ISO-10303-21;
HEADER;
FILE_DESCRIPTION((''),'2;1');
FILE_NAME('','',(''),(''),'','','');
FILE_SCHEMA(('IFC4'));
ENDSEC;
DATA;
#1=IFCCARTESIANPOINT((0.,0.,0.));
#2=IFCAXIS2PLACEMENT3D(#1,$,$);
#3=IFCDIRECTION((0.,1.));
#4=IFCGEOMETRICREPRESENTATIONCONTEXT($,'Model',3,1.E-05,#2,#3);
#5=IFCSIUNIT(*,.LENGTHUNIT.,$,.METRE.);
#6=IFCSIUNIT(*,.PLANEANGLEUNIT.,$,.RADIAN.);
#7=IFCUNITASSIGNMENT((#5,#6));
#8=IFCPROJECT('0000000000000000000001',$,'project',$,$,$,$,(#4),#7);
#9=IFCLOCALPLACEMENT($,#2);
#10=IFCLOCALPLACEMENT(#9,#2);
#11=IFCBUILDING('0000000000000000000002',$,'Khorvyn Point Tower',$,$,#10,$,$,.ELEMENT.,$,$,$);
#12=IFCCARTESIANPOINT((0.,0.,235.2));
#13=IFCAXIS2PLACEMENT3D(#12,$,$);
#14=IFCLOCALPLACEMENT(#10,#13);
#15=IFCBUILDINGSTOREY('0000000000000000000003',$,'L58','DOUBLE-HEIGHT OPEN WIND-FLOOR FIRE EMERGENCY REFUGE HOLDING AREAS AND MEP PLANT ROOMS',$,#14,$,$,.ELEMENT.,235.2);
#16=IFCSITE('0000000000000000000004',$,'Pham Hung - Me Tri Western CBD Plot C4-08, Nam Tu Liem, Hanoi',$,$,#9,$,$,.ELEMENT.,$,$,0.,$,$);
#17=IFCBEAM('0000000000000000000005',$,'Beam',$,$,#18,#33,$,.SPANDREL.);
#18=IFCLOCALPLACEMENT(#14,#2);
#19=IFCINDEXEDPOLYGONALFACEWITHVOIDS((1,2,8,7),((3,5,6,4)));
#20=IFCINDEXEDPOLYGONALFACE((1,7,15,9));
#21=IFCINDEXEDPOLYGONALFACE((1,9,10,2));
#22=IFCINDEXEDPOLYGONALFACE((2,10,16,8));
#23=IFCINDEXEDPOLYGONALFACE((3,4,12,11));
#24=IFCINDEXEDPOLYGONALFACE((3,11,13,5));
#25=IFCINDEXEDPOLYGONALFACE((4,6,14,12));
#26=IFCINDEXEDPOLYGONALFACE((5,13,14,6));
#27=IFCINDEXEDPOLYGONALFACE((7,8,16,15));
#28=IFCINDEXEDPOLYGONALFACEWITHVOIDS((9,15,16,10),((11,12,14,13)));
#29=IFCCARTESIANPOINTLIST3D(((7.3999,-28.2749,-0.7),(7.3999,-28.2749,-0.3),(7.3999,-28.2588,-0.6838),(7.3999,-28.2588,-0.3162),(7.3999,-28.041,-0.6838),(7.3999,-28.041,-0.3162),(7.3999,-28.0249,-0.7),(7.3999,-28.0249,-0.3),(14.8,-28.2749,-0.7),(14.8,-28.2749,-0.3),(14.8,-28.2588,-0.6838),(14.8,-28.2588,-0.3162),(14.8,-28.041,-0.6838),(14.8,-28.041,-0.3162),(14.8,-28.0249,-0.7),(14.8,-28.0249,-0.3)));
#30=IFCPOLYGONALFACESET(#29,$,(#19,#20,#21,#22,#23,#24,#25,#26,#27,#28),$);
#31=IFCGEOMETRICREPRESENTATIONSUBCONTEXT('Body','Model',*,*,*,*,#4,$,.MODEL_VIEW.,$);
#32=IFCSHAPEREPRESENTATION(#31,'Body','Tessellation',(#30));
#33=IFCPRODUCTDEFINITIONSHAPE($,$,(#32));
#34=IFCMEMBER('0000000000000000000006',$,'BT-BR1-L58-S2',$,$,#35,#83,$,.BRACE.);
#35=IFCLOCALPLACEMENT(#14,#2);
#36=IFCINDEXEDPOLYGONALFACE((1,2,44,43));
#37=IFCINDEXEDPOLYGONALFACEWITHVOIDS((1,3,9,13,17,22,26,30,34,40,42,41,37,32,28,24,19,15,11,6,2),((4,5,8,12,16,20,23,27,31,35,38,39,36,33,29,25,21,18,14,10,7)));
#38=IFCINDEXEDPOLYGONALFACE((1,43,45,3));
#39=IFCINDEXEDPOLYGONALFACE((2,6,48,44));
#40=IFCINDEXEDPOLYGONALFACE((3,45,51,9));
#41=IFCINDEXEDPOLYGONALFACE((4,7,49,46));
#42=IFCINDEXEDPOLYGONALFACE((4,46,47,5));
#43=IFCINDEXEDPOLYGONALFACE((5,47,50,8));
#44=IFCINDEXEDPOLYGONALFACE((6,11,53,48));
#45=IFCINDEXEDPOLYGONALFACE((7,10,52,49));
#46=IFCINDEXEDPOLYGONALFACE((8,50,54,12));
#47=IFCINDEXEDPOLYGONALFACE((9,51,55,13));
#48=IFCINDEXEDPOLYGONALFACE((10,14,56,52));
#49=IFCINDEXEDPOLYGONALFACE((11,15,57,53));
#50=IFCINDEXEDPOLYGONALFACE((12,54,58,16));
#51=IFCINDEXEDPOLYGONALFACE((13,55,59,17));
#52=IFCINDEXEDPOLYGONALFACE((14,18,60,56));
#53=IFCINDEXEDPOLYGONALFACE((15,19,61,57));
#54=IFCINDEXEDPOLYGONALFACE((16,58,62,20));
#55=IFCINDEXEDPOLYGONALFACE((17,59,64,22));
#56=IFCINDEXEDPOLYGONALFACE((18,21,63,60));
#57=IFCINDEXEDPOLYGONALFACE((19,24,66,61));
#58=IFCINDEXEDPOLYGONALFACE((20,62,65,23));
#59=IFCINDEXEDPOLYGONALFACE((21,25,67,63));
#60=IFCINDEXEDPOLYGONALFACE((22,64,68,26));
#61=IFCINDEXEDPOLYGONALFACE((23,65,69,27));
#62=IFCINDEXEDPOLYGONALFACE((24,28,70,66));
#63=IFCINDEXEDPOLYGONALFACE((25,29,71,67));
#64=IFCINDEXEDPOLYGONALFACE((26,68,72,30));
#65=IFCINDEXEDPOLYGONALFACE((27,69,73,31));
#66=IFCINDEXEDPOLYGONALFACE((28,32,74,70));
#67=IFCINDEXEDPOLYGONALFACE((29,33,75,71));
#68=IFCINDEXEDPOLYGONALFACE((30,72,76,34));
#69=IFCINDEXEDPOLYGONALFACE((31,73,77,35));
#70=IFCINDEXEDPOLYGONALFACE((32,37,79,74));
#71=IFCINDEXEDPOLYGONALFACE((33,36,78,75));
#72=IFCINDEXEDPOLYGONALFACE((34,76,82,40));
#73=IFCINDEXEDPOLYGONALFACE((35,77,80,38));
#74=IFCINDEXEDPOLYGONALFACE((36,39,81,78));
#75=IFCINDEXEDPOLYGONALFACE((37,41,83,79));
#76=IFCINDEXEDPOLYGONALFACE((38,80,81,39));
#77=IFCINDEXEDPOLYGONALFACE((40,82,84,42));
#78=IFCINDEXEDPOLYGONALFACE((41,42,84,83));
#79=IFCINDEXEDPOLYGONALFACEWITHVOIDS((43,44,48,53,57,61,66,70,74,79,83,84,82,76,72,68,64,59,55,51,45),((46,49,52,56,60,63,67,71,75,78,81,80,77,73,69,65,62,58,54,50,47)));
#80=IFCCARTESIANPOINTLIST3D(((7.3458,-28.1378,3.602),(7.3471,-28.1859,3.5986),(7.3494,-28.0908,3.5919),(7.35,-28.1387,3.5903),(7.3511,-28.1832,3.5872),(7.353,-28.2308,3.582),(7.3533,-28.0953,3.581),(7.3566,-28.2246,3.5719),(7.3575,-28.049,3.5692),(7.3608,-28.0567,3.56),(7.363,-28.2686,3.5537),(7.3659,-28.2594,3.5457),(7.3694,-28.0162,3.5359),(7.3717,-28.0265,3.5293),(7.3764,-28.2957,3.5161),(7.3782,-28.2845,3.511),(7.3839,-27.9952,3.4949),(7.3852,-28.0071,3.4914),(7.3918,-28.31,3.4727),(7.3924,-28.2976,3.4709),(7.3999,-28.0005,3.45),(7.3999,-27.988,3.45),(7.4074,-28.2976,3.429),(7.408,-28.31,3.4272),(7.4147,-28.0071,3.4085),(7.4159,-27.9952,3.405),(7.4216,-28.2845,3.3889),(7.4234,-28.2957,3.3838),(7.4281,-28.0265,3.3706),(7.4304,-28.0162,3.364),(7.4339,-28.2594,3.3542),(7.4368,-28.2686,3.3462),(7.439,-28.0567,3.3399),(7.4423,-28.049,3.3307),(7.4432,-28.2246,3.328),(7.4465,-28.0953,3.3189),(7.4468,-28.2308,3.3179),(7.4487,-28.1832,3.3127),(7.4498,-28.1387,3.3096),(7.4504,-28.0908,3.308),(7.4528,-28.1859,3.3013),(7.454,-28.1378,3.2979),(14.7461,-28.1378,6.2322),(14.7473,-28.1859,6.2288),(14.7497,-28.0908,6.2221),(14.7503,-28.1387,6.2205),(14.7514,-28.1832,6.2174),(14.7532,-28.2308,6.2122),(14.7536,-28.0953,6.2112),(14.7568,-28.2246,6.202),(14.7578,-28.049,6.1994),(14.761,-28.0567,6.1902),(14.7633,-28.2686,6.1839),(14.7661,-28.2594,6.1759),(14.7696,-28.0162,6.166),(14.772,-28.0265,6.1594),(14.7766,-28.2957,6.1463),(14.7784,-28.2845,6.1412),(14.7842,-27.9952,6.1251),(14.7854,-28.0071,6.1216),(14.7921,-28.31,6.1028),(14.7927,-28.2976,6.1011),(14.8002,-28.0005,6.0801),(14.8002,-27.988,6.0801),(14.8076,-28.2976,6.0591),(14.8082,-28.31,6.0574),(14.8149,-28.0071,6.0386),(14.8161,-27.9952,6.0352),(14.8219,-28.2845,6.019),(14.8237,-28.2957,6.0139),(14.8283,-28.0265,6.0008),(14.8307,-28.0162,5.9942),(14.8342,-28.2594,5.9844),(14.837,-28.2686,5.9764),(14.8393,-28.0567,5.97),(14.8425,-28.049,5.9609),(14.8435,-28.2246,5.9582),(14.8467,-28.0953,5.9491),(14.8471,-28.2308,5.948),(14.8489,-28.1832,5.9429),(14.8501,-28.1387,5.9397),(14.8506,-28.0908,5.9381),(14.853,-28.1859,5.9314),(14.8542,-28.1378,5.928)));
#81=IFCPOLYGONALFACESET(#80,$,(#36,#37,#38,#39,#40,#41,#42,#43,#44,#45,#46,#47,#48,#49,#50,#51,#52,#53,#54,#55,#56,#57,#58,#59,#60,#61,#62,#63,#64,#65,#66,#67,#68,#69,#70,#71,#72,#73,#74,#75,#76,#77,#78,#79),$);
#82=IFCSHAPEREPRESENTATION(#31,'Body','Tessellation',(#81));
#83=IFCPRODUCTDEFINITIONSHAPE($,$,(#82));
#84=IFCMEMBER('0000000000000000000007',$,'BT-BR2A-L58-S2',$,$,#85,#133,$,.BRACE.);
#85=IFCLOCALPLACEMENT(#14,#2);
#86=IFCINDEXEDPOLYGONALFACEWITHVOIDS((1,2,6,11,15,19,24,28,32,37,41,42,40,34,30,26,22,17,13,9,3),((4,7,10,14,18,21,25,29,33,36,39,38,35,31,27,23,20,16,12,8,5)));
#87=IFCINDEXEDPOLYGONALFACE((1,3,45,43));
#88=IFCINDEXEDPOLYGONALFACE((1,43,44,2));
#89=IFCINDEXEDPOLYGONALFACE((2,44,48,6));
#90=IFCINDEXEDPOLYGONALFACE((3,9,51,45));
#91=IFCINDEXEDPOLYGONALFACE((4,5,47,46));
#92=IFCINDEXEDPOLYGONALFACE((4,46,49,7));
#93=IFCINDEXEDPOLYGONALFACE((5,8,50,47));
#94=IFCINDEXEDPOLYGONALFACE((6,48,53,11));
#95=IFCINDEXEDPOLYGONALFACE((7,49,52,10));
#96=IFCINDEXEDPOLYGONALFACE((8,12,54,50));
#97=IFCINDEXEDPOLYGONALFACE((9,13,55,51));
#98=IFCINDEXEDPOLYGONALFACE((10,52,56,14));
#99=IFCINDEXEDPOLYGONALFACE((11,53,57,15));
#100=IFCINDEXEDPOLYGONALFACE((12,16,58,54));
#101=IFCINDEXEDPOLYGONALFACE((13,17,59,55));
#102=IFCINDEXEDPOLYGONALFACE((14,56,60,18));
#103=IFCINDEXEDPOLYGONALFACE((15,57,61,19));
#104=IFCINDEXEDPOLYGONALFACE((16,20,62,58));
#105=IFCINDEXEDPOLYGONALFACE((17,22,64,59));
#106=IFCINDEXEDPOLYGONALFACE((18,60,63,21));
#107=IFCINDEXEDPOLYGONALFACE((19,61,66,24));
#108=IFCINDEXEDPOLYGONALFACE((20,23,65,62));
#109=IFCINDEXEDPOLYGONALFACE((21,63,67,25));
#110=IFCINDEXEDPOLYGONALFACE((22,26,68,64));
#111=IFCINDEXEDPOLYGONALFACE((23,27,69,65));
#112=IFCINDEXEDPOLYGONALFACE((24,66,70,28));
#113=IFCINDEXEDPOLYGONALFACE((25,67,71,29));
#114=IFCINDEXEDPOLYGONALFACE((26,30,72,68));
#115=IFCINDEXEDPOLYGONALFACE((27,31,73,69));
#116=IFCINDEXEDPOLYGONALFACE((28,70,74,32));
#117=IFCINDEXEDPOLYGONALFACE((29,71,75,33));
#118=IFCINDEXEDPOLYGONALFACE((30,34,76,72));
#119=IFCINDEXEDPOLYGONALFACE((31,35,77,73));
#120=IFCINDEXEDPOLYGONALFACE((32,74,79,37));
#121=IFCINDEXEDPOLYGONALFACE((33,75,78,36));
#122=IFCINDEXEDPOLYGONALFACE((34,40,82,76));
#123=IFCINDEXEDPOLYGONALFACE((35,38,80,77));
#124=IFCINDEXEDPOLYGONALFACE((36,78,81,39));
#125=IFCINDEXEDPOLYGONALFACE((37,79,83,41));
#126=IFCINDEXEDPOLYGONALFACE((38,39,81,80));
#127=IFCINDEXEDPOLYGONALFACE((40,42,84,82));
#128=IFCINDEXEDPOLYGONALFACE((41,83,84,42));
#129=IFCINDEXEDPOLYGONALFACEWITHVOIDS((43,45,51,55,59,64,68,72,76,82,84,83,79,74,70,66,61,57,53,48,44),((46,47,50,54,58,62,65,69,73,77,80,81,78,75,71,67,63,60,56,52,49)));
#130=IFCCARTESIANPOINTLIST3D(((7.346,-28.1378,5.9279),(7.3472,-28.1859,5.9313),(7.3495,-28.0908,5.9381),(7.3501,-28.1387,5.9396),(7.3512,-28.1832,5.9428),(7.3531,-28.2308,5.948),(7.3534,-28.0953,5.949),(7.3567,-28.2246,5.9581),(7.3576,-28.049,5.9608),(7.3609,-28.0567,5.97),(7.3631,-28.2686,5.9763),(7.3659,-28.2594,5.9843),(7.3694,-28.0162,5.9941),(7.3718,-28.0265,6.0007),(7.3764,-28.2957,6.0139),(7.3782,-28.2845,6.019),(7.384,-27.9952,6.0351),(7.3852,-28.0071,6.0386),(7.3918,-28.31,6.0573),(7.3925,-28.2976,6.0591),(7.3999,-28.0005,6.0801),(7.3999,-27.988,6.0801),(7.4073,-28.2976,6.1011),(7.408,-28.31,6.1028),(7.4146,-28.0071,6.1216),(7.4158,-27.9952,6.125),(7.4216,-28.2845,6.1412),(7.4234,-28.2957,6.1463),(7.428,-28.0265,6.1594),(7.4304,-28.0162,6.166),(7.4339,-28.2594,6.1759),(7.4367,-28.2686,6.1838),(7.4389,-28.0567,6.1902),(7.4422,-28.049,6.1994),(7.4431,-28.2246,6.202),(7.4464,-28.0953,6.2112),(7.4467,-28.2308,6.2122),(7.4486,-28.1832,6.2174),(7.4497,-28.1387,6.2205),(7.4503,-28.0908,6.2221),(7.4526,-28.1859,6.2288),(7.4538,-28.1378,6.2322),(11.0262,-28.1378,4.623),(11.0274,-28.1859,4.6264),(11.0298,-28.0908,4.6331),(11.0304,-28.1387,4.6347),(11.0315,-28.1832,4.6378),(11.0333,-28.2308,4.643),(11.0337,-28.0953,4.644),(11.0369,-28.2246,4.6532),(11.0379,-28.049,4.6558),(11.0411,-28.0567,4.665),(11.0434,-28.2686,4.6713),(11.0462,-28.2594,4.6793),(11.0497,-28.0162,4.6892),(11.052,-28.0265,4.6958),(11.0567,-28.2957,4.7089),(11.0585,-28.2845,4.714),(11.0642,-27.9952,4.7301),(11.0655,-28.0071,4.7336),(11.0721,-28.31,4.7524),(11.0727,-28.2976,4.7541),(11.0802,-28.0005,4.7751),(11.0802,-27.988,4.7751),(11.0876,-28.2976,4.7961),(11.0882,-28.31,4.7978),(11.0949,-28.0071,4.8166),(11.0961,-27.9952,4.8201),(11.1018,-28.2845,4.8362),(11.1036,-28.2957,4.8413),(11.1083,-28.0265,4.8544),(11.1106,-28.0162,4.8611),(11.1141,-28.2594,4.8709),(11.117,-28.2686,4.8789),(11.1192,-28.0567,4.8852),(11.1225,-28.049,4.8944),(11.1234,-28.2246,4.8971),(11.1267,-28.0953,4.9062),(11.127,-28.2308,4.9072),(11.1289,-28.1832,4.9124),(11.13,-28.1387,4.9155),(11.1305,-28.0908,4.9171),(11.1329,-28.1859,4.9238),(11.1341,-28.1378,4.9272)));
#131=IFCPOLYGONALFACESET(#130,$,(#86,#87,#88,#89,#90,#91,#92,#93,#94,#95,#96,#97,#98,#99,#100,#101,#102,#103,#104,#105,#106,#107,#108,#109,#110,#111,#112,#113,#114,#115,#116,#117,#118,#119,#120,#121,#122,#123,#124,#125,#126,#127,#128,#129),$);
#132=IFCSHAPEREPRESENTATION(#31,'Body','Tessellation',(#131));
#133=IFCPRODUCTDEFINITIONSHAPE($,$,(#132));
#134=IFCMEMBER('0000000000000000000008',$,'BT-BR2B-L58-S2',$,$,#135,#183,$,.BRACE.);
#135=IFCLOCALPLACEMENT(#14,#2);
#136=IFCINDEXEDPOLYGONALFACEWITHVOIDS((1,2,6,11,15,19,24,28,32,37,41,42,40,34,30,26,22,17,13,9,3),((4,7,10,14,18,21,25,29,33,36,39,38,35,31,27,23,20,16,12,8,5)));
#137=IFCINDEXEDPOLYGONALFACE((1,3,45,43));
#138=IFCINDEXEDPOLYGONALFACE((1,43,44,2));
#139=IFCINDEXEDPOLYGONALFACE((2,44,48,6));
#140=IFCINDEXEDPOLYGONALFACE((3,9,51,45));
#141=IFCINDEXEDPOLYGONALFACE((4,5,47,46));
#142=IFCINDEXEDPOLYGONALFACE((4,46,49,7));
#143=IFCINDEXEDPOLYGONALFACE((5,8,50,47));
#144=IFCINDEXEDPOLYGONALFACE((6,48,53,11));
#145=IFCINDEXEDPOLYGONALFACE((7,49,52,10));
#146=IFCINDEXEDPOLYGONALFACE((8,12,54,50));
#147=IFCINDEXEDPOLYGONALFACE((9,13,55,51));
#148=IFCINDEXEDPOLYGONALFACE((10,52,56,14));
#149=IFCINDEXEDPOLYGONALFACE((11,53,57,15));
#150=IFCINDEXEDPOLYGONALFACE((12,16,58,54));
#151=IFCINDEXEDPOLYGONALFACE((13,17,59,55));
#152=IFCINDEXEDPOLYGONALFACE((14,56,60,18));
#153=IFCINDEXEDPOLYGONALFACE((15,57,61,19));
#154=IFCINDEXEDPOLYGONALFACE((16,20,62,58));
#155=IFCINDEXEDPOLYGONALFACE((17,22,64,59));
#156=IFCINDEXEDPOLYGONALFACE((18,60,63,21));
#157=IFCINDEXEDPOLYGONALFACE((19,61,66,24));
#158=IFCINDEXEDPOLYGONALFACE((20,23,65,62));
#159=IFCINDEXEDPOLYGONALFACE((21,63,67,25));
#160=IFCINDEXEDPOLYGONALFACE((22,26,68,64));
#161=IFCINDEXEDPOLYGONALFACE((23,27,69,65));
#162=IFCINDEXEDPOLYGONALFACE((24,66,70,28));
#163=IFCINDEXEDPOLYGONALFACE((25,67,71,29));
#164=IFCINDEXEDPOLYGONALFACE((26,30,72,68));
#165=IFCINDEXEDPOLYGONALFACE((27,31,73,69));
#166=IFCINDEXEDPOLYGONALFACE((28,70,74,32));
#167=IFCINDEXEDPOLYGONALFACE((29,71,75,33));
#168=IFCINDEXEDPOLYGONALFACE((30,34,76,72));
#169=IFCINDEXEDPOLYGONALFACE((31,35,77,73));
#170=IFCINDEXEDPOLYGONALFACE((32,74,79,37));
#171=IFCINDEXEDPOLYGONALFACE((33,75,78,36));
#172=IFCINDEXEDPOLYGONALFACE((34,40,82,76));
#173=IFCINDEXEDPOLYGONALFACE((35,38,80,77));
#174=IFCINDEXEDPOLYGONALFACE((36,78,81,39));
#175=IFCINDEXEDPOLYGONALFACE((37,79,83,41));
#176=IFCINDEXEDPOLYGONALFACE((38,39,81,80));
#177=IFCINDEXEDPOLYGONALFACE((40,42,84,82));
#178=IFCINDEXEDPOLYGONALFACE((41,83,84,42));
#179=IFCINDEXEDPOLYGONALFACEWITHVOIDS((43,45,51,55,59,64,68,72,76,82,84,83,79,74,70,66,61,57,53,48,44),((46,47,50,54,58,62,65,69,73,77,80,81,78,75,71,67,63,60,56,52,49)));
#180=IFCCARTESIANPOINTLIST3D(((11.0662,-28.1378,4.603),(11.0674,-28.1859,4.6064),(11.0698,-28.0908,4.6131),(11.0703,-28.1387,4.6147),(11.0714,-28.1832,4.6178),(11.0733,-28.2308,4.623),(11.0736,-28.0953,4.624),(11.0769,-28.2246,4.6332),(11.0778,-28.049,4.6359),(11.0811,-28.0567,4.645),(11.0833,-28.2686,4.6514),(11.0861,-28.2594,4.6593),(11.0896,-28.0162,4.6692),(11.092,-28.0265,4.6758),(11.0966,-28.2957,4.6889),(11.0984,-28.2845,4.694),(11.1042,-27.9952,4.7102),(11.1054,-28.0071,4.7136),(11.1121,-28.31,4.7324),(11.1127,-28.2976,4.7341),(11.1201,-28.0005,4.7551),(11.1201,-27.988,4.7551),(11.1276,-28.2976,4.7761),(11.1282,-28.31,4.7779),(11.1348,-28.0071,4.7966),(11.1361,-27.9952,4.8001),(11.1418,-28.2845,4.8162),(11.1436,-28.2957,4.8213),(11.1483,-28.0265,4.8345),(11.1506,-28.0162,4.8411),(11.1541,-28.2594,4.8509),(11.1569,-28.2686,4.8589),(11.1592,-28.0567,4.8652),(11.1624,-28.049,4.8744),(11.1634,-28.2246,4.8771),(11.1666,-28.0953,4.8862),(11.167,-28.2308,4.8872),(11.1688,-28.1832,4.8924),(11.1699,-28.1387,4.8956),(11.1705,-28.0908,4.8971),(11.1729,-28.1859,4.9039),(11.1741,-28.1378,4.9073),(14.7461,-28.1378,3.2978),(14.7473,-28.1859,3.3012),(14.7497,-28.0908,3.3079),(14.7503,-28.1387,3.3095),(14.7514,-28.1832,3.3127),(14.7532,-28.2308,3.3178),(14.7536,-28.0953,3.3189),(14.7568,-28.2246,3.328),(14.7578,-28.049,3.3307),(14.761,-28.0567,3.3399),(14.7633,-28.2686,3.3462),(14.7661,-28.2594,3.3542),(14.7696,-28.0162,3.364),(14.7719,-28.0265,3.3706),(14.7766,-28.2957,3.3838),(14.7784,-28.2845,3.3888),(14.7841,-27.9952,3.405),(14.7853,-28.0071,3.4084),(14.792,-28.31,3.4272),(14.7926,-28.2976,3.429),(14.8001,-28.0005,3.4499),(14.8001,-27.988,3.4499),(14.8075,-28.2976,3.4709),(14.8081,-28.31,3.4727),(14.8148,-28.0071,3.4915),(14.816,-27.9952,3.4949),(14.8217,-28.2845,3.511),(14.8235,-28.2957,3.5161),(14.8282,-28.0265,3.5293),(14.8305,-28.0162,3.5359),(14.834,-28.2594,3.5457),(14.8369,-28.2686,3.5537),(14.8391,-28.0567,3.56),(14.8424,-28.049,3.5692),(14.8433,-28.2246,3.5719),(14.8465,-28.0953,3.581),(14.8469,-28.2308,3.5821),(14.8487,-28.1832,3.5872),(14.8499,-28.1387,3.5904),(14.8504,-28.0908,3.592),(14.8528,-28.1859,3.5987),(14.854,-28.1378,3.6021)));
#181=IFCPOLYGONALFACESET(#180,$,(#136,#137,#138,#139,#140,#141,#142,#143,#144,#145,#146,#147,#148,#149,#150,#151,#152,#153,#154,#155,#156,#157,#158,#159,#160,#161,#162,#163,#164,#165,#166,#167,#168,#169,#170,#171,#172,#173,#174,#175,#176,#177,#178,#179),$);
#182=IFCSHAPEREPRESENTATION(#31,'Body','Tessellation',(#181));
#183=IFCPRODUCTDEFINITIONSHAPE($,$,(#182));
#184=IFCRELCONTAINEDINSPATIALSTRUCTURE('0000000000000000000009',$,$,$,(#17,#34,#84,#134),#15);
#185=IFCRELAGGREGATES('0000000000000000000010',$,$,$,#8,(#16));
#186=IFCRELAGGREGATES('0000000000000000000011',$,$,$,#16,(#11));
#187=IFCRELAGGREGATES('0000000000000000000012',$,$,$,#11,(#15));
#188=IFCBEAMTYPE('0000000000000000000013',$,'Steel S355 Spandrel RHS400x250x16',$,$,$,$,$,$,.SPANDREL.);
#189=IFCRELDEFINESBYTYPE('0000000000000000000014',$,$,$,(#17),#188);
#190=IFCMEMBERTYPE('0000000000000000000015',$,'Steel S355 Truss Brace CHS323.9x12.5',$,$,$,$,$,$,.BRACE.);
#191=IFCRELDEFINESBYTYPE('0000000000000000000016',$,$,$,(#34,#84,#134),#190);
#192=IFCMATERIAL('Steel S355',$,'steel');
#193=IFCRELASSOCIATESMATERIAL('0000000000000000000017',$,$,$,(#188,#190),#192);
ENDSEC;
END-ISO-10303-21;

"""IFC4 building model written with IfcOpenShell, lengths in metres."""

from ifc_helpers import new_model, si_unit, direction, frame, origin, origin_2d, place, context, subcontext, project, spatial, hollow_rectangle, hollow_circle, extrude, material, material_profile, profile_set, type_object, element, save


model = new_model("IFC4")

# Units and contexts
model_context = context("Model", 3, precision=1e-05, world=origin(), true_north=direction((0.0, 1.0)))
body_context = subcontext(model_context, "Body", "Model", "MODEL_VIEW")
ifc_project = project(units=[si_unit("LENGTHUNIT", "METRE"), si_unit("PLANEANGLEUNIT", "RADIAN")], contexts=[model_context])

# Site, building, storey
site_placement = place(None, origin())
site = spatial("IfcSite", under=ifc_project, at=site_placement, Name="Pham Hung - Me Tri Western CBD Plot C4-08, Nam Tu Liem, Hanoi", CompositionType="ELEMENT", RefElevation=0.0)
building_placement = place(site_placement, origin())
building = spatial("IfcBuilding", under=site, at=building_placement, Name="Khorvyn Point Tower", CompositionType="ELEMENT")
storey_placement = place(building_placement, frame((0.0, 0.0, 235.2)))
storey = spatial("IfcBuildingStorey", under=building, at=storey_placement, Name="L58", Description="DOUBLE-HEIGHT OPEN WIND-FLOOR FIRE EMERGENCY REFUGE HOLDING AREAS AND MEP PLANT ROOMS", CompositionType="ELEMENT", Elevation=235.2)

# Beam
ifc_material_1 = material(Name="Steel S355", Category="steel")
ifc_material_profile_1 = material_profile(ifc_material_1, hollow_rectangle(XDim=0.25, YDim=0.3999, WallThickness=0.0161, at=origin_2d()))
ifc_profile_set_1 = profile_set([ifc_material_profile_1], Name="Steel S355 RHS400x250x16")
beam_type_1 = type_object("IfcBeamType", Name="Steel S355 Spandrel RHS400x250x16", PredefinedType="SPANDREL", material=ifc_profile_set_1)
beam_1_placement = place(storey_placement, frame((7.3999, -28.1499, -0.5), z_axis=(1.0, 0.0, 0.0), x_axis=(0.0, 1.0, 0.0)))
element("IfcBeam", 1, at=beam_1_placement, inside=storey, type_object=beam_type_1, Name="Beam", PredefinedType="SPANDREL", context=body_context, shape_type="SweptSolid", body=[
    extrude(hollow_rectangle(XDim=0.25, YDim=0.3999, WallThickness=0.0161, at=origin_2d()), origin(), (0.0, 0.0, 1.0), 7.4001),
])

# Members
ifc_material_profile_2 = material_profile(ifc_material_1, hollow_circle(Radius=0.1619, WallThickness=0.0125, at=origin_2d()))
ifc_profile_set_2 = profile_set([ifc_material_profile_2], Name="Steel S355 CHS323.9x12.5")
member_type_1 = type_object("IfcMemberType", Name="Steel S355 Truss Brace CHS323.9x12.5", PredefinedType="BRACE", material=ifc_profile_set_2)
member_1_placement = place(storey_placement, frame((7.3999, -28.1499, 3.45), z_axis=(0.942256, 0.0, 0.334893), x_axis=(0.0, 1.0, 0.0)))
element("IfcMember", 2, at=member_1_placement, inside=storey, type_object=member_type_1, Name="BT-BR1-L58-S2", PredefinedType="BRACE", context=body_context, shape_type="SweptSolid", body=[
    extrude(hollow_circle(Radius=0.1619, WallThickness=0.0125, at=origin_2d()), origin(), (0.0, 0.0, 1.0), 7.8538),
])
member_2_placement = place(storey_placement, frame((7.3999, -28.1499, 6.0801), z_axis=(0.942503, 0.0, -0.334197), x_axis=(0.0, 1.0, 0.0)))
element("IfcMember", 3, at=member_2_placement, inside=storey, type_object=member_type_1, Name="BT-BR2A-L58-S2", PredefinedType="BRACE", context=body_context, shape_type="SweptSolid", body=[
    extrude(hollow_circle(Radius=0.1619, WallThickness=0.0125, at=origin_2d()), origin(), (0.0, 0.0, 1.0), 3.9048),
])
member_3_placement = place(storey_placement, frame((11.1201, -28.1499, 4.7551), z_axis=(0.942477, 0.0, -0.334272), x_axis=(0.0, 1.0, 0.0)))
element("IfcMember", 4, at=member_3_placement, inside=storey, type_object=member_type_1, Name="BT-BR2B-L58-S2", PredefinedType="BRACE", context=body_context, shape_type="SweptSolid", body=[
    extrude(hollow_circle(Radius=0.1619, WallThickness=0.0125, at=origin_2d()), origin(), (0.0, 0.0, 1.0), 3.9045),
])

save(model, "model.ifc")
